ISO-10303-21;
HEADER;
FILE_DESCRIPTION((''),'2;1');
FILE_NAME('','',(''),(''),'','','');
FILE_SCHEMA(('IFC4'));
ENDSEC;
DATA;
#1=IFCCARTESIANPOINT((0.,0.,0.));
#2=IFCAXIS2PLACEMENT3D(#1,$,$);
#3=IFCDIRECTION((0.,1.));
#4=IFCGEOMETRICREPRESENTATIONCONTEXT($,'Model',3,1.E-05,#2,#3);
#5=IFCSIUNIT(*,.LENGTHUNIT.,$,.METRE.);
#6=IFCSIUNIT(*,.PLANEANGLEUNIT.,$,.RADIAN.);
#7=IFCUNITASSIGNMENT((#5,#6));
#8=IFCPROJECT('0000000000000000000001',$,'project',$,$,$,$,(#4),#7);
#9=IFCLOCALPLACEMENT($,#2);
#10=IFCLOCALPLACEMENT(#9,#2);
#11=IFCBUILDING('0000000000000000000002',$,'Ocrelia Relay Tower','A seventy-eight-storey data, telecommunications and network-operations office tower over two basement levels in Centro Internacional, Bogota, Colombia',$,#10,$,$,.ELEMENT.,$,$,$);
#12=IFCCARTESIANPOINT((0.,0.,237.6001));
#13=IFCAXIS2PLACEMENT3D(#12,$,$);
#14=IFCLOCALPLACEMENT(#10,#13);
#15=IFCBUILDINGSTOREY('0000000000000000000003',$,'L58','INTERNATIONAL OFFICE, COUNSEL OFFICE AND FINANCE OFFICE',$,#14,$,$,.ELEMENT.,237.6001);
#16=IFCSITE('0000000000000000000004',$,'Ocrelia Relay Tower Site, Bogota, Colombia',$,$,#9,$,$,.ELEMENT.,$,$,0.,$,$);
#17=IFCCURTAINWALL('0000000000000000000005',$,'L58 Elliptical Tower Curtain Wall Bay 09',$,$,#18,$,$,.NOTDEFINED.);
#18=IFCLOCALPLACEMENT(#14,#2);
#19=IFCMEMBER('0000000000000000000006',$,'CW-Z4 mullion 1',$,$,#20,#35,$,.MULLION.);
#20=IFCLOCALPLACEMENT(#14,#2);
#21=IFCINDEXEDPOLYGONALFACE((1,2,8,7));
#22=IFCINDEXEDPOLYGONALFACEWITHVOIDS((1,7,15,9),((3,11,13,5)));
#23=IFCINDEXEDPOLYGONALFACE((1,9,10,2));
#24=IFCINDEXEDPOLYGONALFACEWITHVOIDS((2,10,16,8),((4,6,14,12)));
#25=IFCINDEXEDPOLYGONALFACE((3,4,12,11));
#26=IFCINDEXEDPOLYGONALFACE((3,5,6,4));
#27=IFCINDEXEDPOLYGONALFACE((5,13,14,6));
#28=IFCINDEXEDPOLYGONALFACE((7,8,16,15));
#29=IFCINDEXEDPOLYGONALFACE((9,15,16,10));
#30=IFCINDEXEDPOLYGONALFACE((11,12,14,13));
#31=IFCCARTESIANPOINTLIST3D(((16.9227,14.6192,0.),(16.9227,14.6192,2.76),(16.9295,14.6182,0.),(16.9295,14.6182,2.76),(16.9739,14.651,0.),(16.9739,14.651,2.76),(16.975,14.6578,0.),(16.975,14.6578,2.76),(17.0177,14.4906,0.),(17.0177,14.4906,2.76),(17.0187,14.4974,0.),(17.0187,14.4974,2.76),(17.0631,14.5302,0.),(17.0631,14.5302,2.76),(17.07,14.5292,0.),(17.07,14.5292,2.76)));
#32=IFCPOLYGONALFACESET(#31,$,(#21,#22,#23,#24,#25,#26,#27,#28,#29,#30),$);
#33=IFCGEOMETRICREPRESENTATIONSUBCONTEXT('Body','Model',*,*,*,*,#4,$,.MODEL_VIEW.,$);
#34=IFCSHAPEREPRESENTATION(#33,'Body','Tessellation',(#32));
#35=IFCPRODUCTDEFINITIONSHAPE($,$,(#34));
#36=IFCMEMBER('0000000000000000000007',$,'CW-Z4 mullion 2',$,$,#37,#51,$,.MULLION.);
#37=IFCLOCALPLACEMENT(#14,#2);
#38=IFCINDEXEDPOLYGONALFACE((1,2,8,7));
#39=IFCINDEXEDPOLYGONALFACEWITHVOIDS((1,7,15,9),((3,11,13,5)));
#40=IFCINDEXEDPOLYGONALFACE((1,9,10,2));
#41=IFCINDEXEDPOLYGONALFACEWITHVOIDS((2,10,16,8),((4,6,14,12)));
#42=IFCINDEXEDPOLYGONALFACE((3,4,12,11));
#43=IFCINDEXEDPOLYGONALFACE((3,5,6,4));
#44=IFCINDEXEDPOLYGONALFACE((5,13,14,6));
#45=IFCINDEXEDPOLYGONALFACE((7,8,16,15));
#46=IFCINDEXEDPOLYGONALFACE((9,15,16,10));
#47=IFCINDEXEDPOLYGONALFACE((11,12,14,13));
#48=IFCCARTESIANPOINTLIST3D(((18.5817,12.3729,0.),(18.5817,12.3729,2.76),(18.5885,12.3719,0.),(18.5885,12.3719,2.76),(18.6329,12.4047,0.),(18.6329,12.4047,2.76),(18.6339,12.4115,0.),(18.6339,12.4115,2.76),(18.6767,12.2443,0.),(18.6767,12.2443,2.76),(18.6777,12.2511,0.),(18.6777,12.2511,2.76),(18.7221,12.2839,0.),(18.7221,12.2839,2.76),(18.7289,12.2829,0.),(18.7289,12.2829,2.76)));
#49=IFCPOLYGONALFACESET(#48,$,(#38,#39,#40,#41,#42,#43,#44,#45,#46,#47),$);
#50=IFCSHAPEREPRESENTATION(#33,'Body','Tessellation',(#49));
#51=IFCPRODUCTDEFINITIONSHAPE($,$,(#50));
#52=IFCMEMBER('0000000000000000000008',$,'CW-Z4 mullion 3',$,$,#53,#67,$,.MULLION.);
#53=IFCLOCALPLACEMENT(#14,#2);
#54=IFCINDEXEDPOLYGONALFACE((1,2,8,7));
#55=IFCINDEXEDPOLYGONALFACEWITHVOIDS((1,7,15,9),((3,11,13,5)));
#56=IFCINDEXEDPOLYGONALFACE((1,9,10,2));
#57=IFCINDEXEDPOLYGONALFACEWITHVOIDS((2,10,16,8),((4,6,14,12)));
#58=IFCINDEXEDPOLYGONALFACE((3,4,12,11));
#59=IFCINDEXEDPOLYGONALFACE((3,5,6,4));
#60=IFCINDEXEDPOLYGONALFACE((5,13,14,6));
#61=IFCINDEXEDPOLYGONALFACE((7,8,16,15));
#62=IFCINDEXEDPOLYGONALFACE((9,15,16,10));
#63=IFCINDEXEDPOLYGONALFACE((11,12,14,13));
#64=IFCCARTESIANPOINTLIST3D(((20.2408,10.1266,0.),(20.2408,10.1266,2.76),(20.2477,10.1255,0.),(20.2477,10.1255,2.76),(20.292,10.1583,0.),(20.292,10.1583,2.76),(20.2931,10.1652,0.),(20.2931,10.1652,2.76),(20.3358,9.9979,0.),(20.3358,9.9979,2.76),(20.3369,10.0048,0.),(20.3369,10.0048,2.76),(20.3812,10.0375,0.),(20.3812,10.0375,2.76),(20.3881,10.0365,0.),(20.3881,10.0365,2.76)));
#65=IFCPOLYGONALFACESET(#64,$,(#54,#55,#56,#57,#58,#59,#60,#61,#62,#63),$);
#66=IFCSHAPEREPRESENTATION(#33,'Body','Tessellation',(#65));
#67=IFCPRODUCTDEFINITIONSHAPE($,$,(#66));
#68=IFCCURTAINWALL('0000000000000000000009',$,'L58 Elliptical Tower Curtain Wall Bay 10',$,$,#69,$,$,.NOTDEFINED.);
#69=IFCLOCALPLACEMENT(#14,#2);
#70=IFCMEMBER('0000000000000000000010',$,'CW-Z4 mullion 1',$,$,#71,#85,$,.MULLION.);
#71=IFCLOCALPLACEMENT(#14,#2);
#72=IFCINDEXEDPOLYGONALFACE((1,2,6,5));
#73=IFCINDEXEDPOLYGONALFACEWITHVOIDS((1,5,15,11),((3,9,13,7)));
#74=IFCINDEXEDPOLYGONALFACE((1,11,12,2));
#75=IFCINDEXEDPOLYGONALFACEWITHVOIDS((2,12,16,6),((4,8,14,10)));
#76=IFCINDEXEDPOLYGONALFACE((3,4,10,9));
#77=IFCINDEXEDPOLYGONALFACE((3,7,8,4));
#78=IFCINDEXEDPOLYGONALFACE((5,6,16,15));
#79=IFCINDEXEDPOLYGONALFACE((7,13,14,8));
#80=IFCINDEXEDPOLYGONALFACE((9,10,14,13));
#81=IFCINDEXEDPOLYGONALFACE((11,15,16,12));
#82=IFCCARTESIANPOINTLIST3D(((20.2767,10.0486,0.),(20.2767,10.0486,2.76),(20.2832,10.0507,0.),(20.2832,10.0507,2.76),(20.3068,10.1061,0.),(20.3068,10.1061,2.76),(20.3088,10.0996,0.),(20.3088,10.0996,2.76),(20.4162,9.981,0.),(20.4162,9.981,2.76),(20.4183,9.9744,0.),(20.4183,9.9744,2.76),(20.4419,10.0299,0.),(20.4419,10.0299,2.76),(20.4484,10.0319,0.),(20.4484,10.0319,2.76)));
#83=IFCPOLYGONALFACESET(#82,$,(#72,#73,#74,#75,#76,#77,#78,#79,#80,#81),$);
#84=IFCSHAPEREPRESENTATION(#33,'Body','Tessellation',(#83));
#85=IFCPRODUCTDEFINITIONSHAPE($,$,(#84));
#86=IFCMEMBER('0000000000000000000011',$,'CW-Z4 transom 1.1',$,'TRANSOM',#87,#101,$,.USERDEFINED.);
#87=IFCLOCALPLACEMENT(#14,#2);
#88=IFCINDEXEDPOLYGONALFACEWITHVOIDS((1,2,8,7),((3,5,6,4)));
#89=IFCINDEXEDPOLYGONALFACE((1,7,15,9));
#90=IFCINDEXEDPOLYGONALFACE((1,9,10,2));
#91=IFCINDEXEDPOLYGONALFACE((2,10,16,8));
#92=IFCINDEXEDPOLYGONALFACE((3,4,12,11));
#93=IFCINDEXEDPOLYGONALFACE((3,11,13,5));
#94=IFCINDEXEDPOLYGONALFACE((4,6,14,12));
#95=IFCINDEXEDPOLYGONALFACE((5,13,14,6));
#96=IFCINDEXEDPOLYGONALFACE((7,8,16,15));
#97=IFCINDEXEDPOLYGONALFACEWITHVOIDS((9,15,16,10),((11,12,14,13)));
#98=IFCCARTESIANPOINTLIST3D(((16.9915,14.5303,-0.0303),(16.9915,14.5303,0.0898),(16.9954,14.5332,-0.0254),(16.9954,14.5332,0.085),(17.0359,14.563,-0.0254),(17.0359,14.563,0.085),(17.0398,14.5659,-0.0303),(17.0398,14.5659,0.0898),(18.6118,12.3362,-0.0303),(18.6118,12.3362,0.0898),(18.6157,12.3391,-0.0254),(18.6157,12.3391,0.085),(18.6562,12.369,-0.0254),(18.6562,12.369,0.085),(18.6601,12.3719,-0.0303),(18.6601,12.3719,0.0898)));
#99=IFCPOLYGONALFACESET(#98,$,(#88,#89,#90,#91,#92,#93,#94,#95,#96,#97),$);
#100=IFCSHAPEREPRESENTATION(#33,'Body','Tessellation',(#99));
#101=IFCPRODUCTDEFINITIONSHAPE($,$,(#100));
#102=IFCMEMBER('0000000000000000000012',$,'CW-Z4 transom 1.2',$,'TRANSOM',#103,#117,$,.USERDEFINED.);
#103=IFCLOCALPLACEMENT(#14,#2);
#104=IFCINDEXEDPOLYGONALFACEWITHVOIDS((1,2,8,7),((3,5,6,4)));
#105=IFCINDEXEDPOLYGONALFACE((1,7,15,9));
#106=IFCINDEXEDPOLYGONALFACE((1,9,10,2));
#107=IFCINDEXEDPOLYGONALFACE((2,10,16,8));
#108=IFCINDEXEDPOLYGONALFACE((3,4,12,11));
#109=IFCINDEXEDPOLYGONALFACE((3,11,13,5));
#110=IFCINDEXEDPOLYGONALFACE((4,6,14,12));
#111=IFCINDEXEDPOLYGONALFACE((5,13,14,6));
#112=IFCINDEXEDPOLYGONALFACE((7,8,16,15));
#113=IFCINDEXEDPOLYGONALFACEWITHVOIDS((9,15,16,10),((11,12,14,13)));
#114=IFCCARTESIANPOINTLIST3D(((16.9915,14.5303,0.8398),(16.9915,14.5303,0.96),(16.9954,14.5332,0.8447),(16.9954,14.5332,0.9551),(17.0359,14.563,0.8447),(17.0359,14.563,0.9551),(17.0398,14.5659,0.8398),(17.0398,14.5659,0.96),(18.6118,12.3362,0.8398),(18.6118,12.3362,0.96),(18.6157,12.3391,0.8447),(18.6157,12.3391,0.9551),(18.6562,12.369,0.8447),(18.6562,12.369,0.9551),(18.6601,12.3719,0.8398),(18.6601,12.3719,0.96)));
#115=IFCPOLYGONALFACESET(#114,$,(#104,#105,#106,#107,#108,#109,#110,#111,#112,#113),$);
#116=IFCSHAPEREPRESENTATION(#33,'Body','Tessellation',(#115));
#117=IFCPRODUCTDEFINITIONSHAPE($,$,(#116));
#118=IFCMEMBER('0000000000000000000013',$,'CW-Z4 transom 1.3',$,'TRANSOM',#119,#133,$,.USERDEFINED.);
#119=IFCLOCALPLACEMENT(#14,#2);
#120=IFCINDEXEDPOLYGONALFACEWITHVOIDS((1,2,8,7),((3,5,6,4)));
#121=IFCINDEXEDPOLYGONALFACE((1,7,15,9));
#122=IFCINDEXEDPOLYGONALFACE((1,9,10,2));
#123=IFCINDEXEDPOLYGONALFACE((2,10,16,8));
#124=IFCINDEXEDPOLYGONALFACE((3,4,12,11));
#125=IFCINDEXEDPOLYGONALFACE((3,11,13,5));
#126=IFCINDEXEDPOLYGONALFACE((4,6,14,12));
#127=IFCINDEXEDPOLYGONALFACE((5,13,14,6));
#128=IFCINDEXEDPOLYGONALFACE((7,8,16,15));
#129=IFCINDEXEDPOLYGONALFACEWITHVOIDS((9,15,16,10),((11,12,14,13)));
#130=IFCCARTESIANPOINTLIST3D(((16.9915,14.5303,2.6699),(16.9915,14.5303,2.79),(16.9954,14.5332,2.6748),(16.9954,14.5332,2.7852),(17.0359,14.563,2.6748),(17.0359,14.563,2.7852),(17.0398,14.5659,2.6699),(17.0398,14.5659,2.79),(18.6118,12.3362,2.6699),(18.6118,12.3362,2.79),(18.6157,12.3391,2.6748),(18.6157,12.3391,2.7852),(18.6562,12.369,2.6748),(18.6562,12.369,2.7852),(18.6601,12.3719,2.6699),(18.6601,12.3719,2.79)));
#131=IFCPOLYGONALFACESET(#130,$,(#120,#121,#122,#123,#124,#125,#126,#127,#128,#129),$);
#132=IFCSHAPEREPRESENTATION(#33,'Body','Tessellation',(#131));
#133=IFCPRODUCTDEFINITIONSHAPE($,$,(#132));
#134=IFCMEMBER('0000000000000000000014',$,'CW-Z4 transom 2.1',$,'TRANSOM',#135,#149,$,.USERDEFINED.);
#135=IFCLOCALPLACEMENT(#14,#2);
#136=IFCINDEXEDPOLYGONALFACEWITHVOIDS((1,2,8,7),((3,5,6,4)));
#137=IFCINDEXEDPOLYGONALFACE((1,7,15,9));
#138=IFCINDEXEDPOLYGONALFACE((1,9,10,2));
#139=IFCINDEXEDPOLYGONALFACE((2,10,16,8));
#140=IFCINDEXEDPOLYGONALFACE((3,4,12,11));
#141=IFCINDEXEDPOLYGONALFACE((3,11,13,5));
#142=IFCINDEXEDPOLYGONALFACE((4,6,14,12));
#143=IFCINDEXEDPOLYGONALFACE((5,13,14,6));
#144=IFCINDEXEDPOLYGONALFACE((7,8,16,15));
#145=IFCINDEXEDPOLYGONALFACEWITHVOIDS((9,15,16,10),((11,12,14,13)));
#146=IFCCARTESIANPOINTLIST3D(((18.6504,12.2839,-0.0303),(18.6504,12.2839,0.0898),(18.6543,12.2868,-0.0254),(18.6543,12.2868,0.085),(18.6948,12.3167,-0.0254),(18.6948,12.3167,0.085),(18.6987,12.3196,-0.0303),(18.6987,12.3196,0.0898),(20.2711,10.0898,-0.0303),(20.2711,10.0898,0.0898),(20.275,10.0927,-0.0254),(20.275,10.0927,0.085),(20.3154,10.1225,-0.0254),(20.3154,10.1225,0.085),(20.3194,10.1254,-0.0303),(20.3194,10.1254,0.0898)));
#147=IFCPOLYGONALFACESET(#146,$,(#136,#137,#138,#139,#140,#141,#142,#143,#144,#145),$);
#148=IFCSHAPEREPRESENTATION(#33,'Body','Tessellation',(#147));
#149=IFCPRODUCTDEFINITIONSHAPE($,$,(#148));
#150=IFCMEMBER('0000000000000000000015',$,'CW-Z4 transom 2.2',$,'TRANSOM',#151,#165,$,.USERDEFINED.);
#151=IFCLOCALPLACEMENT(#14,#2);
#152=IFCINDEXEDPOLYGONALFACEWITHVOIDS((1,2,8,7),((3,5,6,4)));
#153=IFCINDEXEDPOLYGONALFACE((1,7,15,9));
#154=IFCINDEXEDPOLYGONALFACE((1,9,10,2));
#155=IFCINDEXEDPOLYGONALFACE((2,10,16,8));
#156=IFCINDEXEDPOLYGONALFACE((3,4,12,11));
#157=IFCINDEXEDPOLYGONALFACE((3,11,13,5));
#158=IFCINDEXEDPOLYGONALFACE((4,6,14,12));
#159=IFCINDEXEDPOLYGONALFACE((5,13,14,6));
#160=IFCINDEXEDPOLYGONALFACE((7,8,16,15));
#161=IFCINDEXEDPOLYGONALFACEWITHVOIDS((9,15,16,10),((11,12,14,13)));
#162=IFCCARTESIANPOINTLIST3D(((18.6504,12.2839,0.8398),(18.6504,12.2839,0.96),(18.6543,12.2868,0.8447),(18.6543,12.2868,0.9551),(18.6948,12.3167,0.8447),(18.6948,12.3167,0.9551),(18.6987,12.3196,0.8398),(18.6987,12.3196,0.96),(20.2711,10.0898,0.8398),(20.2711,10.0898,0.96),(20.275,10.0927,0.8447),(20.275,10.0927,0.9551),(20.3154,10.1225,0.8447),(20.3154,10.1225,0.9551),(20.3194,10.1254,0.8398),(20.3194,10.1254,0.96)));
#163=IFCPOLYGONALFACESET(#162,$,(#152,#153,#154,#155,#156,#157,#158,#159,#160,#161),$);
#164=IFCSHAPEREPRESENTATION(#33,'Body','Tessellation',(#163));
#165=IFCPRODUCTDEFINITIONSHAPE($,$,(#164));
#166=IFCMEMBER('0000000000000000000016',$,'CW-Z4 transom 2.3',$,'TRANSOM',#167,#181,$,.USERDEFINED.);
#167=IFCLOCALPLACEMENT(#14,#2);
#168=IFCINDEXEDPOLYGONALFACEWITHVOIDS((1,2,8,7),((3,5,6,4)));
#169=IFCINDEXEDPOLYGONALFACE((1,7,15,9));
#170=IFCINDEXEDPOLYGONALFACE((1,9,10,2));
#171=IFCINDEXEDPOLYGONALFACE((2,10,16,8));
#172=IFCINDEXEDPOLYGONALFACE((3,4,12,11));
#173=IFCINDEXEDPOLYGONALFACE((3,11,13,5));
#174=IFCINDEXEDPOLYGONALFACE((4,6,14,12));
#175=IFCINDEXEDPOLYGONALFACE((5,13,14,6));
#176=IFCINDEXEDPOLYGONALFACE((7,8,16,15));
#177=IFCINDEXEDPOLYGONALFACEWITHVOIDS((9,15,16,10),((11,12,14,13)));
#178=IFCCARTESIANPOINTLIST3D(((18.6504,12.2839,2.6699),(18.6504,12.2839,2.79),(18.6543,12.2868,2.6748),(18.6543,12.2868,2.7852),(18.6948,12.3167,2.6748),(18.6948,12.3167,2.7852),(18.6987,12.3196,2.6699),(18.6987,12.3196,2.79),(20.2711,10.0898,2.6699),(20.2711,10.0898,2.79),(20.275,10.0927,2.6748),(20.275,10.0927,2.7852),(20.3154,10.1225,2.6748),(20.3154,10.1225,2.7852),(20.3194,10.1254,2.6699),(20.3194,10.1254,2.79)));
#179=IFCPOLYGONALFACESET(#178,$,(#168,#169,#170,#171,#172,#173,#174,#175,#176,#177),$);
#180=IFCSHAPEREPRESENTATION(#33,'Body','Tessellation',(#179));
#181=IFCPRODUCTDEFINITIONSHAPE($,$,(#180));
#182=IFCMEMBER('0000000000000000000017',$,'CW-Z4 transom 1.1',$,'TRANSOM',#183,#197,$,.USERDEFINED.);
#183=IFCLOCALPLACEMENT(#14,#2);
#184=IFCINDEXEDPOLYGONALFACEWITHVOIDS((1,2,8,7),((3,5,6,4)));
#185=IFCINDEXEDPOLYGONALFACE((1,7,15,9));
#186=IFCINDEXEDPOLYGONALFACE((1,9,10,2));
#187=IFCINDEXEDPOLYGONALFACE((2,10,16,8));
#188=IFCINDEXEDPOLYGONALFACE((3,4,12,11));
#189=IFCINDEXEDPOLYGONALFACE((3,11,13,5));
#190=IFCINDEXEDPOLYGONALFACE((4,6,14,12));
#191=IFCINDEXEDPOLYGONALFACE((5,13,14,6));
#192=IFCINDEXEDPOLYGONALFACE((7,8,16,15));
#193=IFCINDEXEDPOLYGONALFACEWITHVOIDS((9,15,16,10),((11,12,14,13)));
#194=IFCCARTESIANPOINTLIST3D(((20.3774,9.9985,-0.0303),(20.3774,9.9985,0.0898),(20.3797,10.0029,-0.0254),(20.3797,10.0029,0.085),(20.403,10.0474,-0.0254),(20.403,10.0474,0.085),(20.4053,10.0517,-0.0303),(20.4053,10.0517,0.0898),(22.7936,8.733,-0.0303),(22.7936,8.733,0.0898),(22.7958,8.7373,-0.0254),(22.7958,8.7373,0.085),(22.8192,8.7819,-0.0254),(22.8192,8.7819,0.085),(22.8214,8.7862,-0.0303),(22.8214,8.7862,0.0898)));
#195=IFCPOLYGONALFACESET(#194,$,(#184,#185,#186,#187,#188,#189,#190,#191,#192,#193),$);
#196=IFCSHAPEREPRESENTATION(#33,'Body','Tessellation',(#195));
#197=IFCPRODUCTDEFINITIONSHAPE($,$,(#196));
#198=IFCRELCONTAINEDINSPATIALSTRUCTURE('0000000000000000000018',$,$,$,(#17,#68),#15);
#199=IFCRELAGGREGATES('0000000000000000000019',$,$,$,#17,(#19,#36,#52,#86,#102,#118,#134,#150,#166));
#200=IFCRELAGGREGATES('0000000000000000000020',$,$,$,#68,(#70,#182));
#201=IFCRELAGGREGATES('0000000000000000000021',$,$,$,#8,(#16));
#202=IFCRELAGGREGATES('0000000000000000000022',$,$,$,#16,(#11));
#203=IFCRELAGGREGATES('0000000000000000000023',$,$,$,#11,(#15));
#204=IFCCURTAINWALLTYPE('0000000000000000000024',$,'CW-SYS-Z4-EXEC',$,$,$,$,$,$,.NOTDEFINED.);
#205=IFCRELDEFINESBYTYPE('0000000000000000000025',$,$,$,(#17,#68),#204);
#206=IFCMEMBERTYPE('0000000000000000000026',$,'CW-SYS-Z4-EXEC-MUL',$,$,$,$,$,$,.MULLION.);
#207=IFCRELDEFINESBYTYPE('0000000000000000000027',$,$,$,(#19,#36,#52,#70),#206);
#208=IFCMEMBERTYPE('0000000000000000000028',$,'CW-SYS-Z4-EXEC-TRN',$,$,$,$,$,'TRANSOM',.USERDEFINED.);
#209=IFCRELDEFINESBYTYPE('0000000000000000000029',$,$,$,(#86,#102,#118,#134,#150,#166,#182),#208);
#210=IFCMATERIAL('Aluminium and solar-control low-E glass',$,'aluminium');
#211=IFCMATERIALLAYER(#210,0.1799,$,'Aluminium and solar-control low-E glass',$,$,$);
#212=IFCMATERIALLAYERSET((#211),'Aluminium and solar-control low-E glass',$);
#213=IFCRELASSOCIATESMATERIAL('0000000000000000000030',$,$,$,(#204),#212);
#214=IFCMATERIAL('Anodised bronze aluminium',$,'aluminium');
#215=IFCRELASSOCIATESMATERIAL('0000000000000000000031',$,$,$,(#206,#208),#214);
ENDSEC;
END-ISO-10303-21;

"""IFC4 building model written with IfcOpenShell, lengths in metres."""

from ifc_helpers import new_model, si_unit, direction, frame, origin, origin_2d, place, context, subcontext, project, spatial, hollow_rectangle, extrude, material, layer, layer_set, material_profile, profile_set, type_object, element, aggregate, save


model = new_model("IFC4")

# Units and contexts
model_context = context("Model", 3, precision=1e-05, world=origin(), true_north=direction((0.0, 1.0)))
body_context = subcontext(model_context, "Body", "Model", "MODEL_VIEW")
ifc_project = project(units=[si_unit("LENGTHUNIT", "METRE"), si_unit("PLANEANGLEUNIT", "RADIAN")], contexts=[model_context])

# Site, building, storey
site_placement = place(None, origin())
site = spatial("IfcSite", under=ifc_project, at=site_placement, Name="Ocrelia Relay Tower Site, Bogota, Colombia", CompositionType="ELEMENT", RefElevation=0.0)
building_placement = place(site_placement, origin())
building = spatial("IfcBuilding", under=site, at=building_placement, Name="Ocrelia Relay Tower", Description="A seventy-eight-storey data, telecommunications and network-operations office tower over two basement levels in Centro Internacional, Bogota, Colombia", CompositionType="ELEMENT")
storey_placement = place(building_placement, frame((0.0, 0.0, 237.6001)))
storey = spatial("IfcBuildingStorey", under=building, at=storey_placement, Name="L58", Description="INTERNATIONAL OFFICE, COUNSEL OFFICE AND FINANCE OFFICE", CompositionType="ELEMENT", Elevation=237.6001)

# Curtain wall, members
ifc_material_1 = material(Name="Aluminium and solar-control low-E glass", Category="aluminium")
ifc_layer_1 = layer(ifc_material_1, 0.1799, Name="Aluminium and solar-control low-E glass")
ifc_layer_set_1 = layer_set([ifc_layer_1], Name="Aluminium and solar-control low-E glass")
curtain_wall_type = type_object("IfcCurtainWallType", Name="CW-SYS-Z4-EXEC", PredefinedType="NOTDEFINED", material=ifc_layer_set_1)
curtain_wall_1_placement = place(storey_placement, origin())
curtain_wall_1 = element("IfcCurtainWall", 1, at=curtain_wall_1_placement, inside=storey, type_object=curtain_wall_type, Name="L58 Elliptical Tower Curtain Wall Bay 09", PredefinedType="NOTDEFINED")
ifc_material_2 = material(Name="Anodised bronze aluminium", Category="aluminium")
ifc_material_profile_1 = material_profile(ifc_material_2, hollow_rectangle(XDim=0.0649, YDim=0.1599, WallThickness=0.0049, at=origin_2d()), Name="CW-MUL-160x65")
ifc_profile_set_1 = profile_set([ifc_material_profile_1], Name="Anodised bronze aluminium")
member_type_1 = type_object("IfcMemberType", Name="CW-SYS-Z4-EXEC-MUL", PredefinedType="MULLION", material=ifc_profile_set_1)
member_1_placement = place(storey_placement, frame((16.9963, 14.5742, 0.0), z_axis=(0.0, 0.0, 1.0), x_axis=(0.804406, 0.59408, 0.0)))
member_1 = element("IfcMember", 2, at=member_1_placement, type_object=member_type_1, Name="CW-Z4 mullion 1", PredefinedType="MULLION", context=body_context, shape_type="SweptSolid", body=[
    extrude(hollow_rectangle(XDim=0.0649, YDim=0.1599, WallThickness=0.0049, at=origin_2d()), origin(), (0.0, 0.0, 1.0), 2.76),
])
member_2_placement = place(storey_placement, frame((18.6553, 12.3279, 0.0), z_axis=(0.0, 0.0, 1.0), x_axis=(0.804406, 0.59408, 0.0)))
member_2 = element("IfcMember", 3, at=member_2_placement, type_object=member_type_1, Name="CW-Z4 mullion 2", PredefinedType="MULLION", context=body_context, shape_type="SweptSolid", body=[
    extrude(hollow_rectangle(XDim=0.0649, YDim=0.1599, WallThickness=0.0049, at=origin_2d()), origin(), (0.0, 0.0, 1.0), 2.76),
])
member_3_placement = place(storey_placement, frame((20.3145, 10.0815, 0.0), z_axis=(0.0, 0.0, 1.0), x_axis=(0.804406, 0.59408, 0.0)))
member_3 = element("IfcMember", 4, at=member_3_placement, type_object=member_type_1, Name="CW-Z4 mullion 3", PredefinedType="MULLION", context=body_context, shape_type="SweptSolid", body=[
    extrude(hollow_rectangle(XDim=0.0649, YDim=0.1599, WallThickness=0.0049, at=origin_2d()), origin(), (0.0, 0.0, 1.0), 2.76),
])

# Curtain wall, member
curtain_wall_2_placement = place(storey_placement, origin())
curtain_wall_2 = element("IfcCurtainWall", 5, at=curtain_wall_2_placement, inside=storey, type_object=curtain_wall_type, Name="L58 Elliptical Tower Curtain Wall Bay 10", PredefinedType="NOTDEFINED")
member_4_placement = place(storey_placement, frame((20.3625, 10.0403, 0.0), z_axis=(0.0, 0.0, 1.0), x_axis=(0.464025, 0.885822, 0.0)))
member_4 = element("IfcMember", 6, at=member_4_placement, type_object=member_type_1, Name="CW-Z4 mullion 1", PredefinedType="MULLION", context=body_context, shape_type="SweptSolid", body=[
    extrude(hollow_rectangle(XDim=0.0649, YDim=0.1599, WallThickness=0.0049, at=origin_2d()), origin(), (0.0, 0.0, 1.0), 2.76),
])

# Members
ifc_material_profile_2 = material_profile(ifc_material_2, hollow_rectangle(XDim=0.0601, YDim=0.1201, WallThickness=0.0049, at=origin_2d()), Name="CW-TRN-120x60")
ifc_profile_set_2 = profile_set([ifc_material_profile_2], Name="Anodised bronze aluminium")
member_type_2 = type_object("IfcMemberType", Name="CW-SYS-Z4-EXEC-TRN", ElementType="TRANSOM", PredefinedType="USERDEFINED", material=ifc_profile_set_2)
member_5_placement = place(storey_placement, frame((17.0156, 14.5481, 0.0298), z_axis=(0.594069, -0.804414, 0.0), x_axis=(0.804414, 0.594069, 0.0)))
member_5 = element("IfcMember", 7, at=member_5_placement, type_object=member_type_2, Name="CW-Z4 transom 1.1", ObjectType="TRANSOM", PredefinedType="USERDEFINED", context=body_context, shape_type="SweptSolid", body=[
    extrude(hollow_rectangle(XDim=0.0601, YDim=0.1201, WallThickness=0.0049, at=origin_2d()), origin(), (0.0, 0.0, 1.0), 2.7275),
])
member_6_placement = place(storey_placement, frame((17.0156, 14.5481, 0.8999), z_axis=(0.594069, -0.804414, 0.0), x_axis=(0.804414, 0.594069, 0.0)))
member_6 = element("IfcMember", 8, at=member_6_placement, type_object=member_type_2, Name="CW-Z4 transom 1.2", ObjectType="TRANSOM", PredefinedType="USERDEFINED", context=body_context, shape_type="SweptSolid", body=[
    extrude(hollow_rectangle(XDim=0.0601, YDim=0.1201, WallThickness=0.0049, at=origin_2d()), origin(), (0.0, 0.0, 1.0), 2.7275),
])
member_7_placement = place(storey_placement, frame((17.0156, 14.5481, 2.73), z_axis=(0.594069, -0.804414, 0.0), x_axis=(0.804414, 0.594069, 0.0)))
member_7 = element("IfcMember", 9, at=member_7_placement, type_object=member_type_2, Name="CW-Z4 transom 1.3", ObjectType="TRANSOM", PredefinedType="USERDEFINED", context=body_context, shape_type="SweptSolid", body=[
    extrude(hollow_rectangle(XDim=0.0601, YDim=0.1201, WallThickness=0.0049, at=origin_2d()), origin(), (0.0, 0.0, 1.0), 2.7275),
])
member_8_placement = place(storey_placement, frame((18.6746, 12.3018, 0.0298), z_axis=(0.594127, -0.804371, 0.0), x_axis=(0.804371, 0.594127, 0.0)))
member_8 = element("IfcMember", 10, at=member_8_placement, type_object=member_type_2, Name="CW-Z4 transom 2.1", ObjectType="TRANSOM", PredefinedType="USERDEFINED", context=body_context, shape_type="SweptSolid", body=[
    extrude(hollow_rectangle(XDim=0.0601, YDim=0.1201, WallThickness=0.0049, at=origin_2d()), origin(), (0.0, 0.0, 1.0), 2.7278),
])
member_9_placement = place(storey_placement, frame((18.6746, 12.3018, 0.8999), z_axis=(0.594127, -0.804371, 0.0), x_axis=(0.804371, 0.594127, 0.0)))
member_9 = element("IfcMember", 11, at=member_9_placement, type_object=member_type_2, Name="CW-Z4 transom 2.2", ObjectType="TRANSOM", PredefinedType="USERDEFINED", context=body_context, shape_type="SweptSolid", body=[
    extrude(hollow_rectangle(XDim=0.0601, YDim=0.1201, WallThickness=0.0049, at=origin_2d()), origin(), (0.0, 0.0, 1.0), 2.7278),
])
member_10_placement = place(storey_placement, frame((18.6746, 12.3018, 2.73), z_axis=(0.594127, -0.804371, 0.0), x_axis=(0.804371, 0.594127, 0.0)))
member_10 = element("IfcMember", 12, at=member_10_placement, type_object=member_type_2, Name="CW-Z4 transom 2.3", ObjectType="TRANSOM", PredefinedType="USERDEFINED", context=body_context, shape_type="SweptSolid", body=[
    extrude(hollow_rectangle(XDim=0.0601, YDim=0.1201, WallThickness=0.0049, at=origin_2d()), origin(), (0.0, 0.0, 1.0), 2.7278),
])
member_11_placement = place(storey_placement, frame((20.3914, 10.0251, 0.0298), z_axis=(0.885837, -0.463997, 0.0), x_axis=(0.463997, 0.885837, 0.0)))
member_11 = element("IfcMember", 13, at=member_11_placement, type_object=member_type_2, Name="CW-Z4 transom 1.1", ObjectType="TRANSOM", PredefinedType="USERDEFINED", context=body_context, shape_type="SweptSolid", body=[
    extrude(hollow_rectangle(XDim=0.0601, YDim=0.1201, WallThickness=0.0049, at=origin_2d()), origin(), (0.0, 0.0, 1.0), 2.7275),
])

aggregate(curtain_wall_1, [member_1, member_2, member_3, member_5, member_6, member_7, member_8, member_9, member_10])
aggregate(curtain_wall_2, [member_4, member_11])

save(model, "model.ifc")
